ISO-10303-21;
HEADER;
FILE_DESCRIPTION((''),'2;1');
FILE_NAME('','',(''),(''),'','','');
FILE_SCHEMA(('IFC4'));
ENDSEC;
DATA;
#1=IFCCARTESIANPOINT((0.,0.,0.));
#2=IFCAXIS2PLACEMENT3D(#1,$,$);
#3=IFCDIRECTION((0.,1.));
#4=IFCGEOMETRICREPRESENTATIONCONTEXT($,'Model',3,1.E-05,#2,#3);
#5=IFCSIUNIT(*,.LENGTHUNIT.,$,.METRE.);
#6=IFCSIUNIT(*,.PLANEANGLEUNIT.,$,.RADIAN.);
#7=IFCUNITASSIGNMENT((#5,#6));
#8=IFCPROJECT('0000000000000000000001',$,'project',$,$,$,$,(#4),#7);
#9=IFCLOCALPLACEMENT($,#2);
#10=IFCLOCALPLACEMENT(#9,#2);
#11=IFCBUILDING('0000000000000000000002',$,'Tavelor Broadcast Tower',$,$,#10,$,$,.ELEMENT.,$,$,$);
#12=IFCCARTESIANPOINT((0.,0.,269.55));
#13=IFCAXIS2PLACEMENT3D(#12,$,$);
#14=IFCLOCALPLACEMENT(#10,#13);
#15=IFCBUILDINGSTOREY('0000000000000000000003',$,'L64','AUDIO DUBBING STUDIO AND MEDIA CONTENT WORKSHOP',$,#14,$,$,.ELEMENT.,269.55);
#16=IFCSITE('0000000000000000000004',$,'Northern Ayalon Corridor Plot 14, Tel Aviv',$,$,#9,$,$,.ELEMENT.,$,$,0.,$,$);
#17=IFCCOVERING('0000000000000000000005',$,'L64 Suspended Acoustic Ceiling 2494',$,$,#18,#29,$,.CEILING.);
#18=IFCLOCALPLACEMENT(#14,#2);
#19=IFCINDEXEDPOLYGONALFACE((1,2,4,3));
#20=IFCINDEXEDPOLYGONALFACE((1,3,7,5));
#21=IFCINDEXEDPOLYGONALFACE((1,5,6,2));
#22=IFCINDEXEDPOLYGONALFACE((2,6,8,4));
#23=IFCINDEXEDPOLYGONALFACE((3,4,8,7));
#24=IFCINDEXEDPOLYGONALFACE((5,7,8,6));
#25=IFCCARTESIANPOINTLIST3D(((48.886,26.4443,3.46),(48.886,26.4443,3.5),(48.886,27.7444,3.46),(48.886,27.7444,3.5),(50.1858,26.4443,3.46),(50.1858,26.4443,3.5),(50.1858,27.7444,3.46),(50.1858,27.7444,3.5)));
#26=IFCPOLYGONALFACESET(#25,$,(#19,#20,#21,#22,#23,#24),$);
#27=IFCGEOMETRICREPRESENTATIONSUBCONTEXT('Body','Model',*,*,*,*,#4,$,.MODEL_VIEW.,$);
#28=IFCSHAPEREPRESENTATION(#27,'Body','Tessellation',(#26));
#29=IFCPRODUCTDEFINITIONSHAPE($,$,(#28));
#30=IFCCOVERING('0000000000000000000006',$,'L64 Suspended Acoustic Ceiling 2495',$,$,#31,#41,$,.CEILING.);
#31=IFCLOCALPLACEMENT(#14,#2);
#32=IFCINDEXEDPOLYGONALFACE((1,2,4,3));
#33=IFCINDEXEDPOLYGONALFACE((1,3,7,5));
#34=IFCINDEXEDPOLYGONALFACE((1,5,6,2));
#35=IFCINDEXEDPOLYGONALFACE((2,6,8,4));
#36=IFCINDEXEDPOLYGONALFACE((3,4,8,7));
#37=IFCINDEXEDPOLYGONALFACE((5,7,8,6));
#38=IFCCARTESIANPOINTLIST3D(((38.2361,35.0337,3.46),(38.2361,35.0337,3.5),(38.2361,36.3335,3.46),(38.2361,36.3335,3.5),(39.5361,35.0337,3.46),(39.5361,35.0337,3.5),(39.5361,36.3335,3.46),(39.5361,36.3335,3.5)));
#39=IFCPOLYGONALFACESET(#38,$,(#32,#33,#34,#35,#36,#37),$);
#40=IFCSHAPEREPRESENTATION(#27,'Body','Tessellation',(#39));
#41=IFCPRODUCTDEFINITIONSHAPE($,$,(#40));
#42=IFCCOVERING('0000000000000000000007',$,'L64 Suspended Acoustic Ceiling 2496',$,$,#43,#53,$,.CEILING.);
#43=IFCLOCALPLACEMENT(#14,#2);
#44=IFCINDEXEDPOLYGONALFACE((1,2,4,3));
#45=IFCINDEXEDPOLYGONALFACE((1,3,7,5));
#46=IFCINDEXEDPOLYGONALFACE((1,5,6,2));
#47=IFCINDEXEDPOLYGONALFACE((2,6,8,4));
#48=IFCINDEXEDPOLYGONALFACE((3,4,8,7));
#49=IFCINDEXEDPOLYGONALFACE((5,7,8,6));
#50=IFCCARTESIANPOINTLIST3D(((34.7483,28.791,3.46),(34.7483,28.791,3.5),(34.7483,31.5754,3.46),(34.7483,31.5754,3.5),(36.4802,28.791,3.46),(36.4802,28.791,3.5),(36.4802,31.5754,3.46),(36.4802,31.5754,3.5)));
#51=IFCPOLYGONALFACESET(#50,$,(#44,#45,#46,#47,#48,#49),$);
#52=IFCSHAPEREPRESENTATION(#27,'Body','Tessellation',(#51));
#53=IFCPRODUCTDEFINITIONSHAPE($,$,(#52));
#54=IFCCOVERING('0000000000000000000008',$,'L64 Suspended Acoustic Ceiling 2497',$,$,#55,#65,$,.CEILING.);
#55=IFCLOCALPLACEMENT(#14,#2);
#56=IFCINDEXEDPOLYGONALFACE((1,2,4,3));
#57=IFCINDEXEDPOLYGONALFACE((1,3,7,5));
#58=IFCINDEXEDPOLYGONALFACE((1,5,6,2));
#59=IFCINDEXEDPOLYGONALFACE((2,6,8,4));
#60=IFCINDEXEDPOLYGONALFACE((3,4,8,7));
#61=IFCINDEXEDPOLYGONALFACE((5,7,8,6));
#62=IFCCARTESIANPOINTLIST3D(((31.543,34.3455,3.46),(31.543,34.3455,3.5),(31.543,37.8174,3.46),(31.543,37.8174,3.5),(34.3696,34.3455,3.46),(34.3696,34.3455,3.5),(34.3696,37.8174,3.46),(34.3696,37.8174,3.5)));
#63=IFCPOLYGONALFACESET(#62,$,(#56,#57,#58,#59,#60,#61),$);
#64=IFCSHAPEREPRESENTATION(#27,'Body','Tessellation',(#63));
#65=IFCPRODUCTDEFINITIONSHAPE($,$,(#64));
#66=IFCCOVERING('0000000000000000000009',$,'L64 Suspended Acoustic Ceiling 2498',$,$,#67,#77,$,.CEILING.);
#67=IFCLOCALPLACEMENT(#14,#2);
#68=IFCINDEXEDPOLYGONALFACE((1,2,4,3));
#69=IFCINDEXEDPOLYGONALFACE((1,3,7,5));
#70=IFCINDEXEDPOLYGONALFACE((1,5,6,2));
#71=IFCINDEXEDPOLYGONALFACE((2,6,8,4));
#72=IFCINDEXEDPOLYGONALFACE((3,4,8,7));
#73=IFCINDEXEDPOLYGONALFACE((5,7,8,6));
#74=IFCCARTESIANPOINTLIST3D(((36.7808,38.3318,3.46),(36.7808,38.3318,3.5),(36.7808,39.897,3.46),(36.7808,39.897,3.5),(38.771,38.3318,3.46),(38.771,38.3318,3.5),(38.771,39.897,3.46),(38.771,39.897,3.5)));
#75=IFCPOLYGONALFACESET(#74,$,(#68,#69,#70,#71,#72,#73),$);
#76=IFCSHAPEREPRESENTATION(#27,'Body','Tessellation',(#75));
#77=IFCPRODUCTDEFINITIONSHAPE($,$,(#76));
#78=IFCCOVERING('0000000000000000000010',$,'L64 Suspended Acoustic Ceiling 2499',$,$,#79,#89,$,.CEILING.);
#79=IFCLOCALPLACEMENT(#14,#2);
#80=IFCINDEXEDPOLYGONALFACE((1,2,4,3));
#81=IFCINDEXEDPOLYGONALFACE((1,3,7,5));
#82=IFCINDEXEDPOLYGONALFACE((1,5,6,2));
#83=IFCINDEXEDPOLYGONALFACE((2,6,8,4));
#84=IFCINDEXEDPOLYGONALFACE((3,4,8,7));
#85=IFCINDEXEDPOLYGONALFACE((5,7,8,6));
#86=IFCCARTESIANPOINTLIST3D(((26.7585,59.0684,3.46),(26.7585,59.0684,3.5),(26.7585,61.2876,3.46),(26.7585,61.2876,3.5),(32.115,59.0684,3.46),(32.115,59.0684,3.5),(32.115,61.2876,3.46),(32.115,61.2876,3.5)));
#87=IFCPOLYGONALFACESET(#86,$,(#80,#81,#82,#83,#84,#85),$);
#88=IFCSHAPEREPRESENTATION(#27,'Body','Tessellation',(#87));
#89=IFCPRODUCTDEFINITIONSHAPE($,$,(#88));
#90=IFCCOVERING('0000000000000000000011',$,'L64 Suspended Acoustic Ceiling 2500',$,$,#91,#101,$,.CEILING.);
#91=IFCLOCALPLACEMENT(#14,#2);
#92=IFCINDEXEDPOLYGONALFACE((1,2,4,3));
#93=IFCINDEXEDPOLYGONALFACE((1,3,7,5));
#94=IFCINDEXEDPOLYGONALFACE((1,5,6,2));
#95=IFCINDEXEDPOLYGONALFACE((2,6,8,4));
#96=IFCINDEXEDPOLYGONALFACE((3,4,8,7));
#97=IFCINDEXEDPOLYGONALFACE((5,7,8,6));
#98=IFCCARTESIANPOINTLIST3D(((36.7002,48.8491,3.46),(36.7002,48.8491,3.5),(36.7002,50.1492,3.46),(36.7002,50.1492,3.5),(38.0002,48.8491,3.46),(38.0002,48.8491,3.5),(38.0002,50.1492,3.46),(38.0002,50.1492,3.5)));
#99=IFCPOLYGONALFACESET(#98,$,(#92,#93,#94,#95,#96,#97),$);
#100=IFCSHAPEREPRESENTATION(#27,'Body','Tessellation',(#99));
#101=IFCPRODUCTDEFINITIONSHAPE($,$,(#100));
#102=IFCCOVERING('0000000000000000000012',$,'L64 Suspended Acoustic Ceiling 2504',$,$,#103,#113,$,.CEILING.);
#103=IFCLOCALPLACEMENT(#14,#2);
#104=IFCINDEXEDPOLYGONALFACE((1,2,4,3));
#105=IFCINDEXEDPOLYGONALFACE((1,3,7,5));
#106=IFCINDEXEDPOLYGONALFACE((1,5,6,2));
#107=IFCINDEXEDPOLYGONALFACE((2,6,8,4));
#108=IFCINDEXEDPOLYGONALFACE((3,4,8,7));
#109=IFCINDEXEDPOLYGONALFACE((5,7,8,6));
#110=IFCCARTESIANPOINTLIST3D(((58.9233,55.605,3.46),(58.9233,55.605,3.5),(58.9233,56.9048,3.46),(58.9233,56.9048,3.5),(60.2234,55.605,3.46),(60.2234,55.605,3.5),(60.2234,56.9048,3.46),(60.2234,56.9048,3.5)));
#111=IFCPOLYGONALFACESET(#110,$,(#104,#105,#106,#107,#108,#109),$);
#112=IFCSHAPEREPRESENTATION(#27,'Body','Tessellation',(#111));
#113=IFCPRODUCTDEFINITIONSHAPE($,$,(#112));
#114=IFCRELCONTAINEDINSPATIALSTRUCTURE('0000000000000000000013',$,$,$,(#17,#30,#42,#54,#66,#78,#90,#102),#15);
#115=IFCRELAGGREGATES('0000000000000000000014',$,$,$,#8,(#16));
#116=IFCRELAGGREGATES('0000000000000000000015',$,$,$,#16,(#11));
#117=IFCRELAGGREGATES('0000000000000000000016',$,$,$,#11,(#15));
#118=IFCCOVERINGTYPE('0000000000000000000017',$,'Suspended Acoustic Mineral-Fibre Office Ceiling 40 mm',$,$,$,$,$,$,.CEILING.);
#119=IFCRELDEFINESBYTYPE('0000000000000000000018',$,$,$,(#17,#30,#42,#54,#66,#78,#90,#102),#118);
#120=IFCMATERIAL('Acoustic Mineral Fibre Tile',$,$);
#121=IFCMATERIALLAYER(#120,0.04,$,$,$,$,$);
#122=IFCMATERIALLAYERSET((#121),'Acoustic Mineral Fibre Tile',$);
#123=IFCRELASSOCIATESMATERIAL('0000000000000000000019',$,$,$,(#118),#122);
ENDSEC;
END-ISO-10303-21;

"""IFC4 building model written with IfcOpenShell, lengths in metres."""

from ifc_helpers import new_model, si_unit, direction, frame, origin, place, context, subcontext, project, spatial, polyline, outline, extrude, material, layer, layer_set, type_object, element, save


model = new_model("IFC4")

# Units and contexts
model_context = context("Model", 3, precision=1e-05, world=origin(), true_north=direction((0.0, 1.0)))
body_context = subcontext(model_context, "Body", "Model", "MODEL_VIEW")
ifc_project = project(units=[si_unit("LENGTHUNIT", "METRE"), si_unit("PLANEANGLEUNIT", "RADIAN")], contexts=[model_context])

# Site, building, storey
site_placement = place(None, origin())
site = spatial("IfcSite", under=ifc_project, at=site_placement, Name="Northern Ayalon Corridor Plot 14, Tel Aviv", CompositionType="ELEMENT", RefElevation=0.0)
building_placement = place(site_placement, origin())
building = spatial("IfcBuilding", under=site, at=building_placement, Name="Tavelor Broadcast Tower", CompositionType="ELEMENT")
storey_placement = place(building_placement, frame((0.0, 0.0, 269.55)))
storey = spatial("IfcBuildingStorey", under=building, at=storey_placement, Name="L64", Description="AUDIO DUBBING STUDIO AND MEDIA CONTENT WORKSHOP", CompositionType="ELEMENT", Elevation=269.55)

# Coverings
ifc_material_1 = material(Name="Acoustic Mineral Fibre Tile")
ifc_layer_1 = layer(ifc_material_1, 0.04)
ifc_layer_set_1 = layer_set([ifc_layer_1], Name="Acoustic Mineral Fibre Tile")
covering_type_1 = type_object("IfcCoveringType", Name="Suspended Acoustic Mineral-Fibre Office Ceiling 40 mm", PredefinedType="CEILING", material=ifc_layer_set_1)
covering_1_placement = place(storey_placement, frame((0.0, 0.0, 3.46)))
element("IfcCovering", 1, at=covering_1_placement, inside=storey, type_object=covering_type_1, Name="L64 Suspended Acoustic Ceiling 2494", PredefinedType="CEILING", context=body_context, shape_type="SweptSolid", body=[
    extrude(outline(polyline([(48.886, 26.4443), (50.1858, 26.4443), (50.1858, 27.7444), (48.886, 27.7444), (48.886, 26.4443)])), origin(), (0.0, 0.0, 1.0), 0.04),
])
covering_2_placement = place(storey_placement, frame((0.0, 0.0, 3.46)))
element("IfcCovering", 2, at=covering_2_placement, inside=storey, type_object=covering_type_1, Name="L64 Suspended Acoustic Ceiling 2495", PredefinedType="CEILING", context=body_context, shape_type="SweptSolid", body=[
    extrude(outline(polyline([(38.2361, 35.0337), (39.5361, 35.0337), (39.5361, 36.3335), (38.2361, 36.3335), (38.2361, 35.0337)])), origin(), (0.0, 0.0, 1.0), 0.04),
])
covering_3_placement = place(storey_placement, frame((0.0, 0.0, 3.46)))
element("IfcCovering", 3, at=covering_3_placement, inside=storey, type_object=covering_type_1, Name="L64 Suspended Acoustic Ceiling 2496", PredefinedType="CEILING", context=body_context, shape_type="SweptSolid", body=[
    extrude(outline(polyline([(34.7483, 28.791), (36.4802, 28.791), (36.4802, 31.5754), (34.7483, 31.5754), (34.7483, 28.791)])), origin(), (0.0, 0.0, 1.0), 0.04),
])
covering_4_placement = place(storey_placement, frame((0.0, 0.0, 3.46)))
element("IfcCovering", 4, at=covering_4_placement, inside=storey, type_object=covering_type_1, Name="L64 Suspended Acoustic Ceiling 2497", PredefinedType="CEILING", context=body_context, shape_type="SweptSolid", body=[
    extrude(outline(polyline([(31.543, 34.3455), (34.3696, 34.3455), (34.3696, 37.8174), (31.543, 37.8174), (31.543, 34.3455)])), origin(), (0.0, 0.0, 1.0), 0.04),
])
covering_5_placement = place(storey_placement, frame((0.0, 0.0, 3.46)))
element("IfcCovering", 5, at=covering_5_placement, inside=storey, type_object=covering_type_1, Name="L64 Suspended Acoustic Ceiling 2498", PredefinedType="CEILING", context=body_context, shape_type="SweptSolid", body=[
    extrude(outline(polyline([(36.7808, 38.3318), (38.771, 38.3318), (38.771, 39.897), (36.7808, 39.897), (36.7808, 38.3318)])), origin(), (0.0, 0.0, 1.0), 0.04),
])
covering_6_placement = place(storey_placement, frame((0.0, 0.0, 3.46)))
element("IfcCovering", 6, at=covering_6_placement, inside=storey, type_object=covering_type_1, Name="L64 Suspended Acoustic Ceiling 2499", PredefinedType="CEILING", context=body_context, shape_type="SweptSolid", body=[
    extrude(outline(polyline([(26.7585, 59.0684), (32.115, 59.0684), (32.115, 61.2876), (26.7585, 61.2876), (26.7585, 59.0684)])), origin(), (0.0, 0.0, 1.0), 0.04),
])
covering_7_placement = place(storey_placement, frame((0.0, 0.0, 3.46)))
element("IfcCovering", 7, at=covering_7_placement, inside=storey, type_object=covering_type_1, Name="L64 Suspended Acoustic Ceiling 2500", PredefinedType="CEILING", context=body_context, shape_type="SweptSolid", body=[
    extrude(outline(polyline([(36.7002, 48.8491), (38.0002, 48.8491), (38.0002, 50.1492), (36.7002, 50.1492), (36.7002, 48.8491)])), origin(), (0.0, 0.0, 1.0), 0.04),
])
covering_8_placement = place(storey_placement, frame((0.0, 0.0, 3.46)))
element("IfcCovering", 8, at=covering_8_placement, inside=storey, type_object=covering_type_1, Name="L64 Suspended Acoustic Ceiling 2504", PredefinedType="CEILING", context=body_context, shape_type="SweptSolid", body=[
    extrude(outline(polyline([(58.9233, 55.605), (60.2234, 55.605), (60.2234, 56.9048), (58.9233, 56.9048), (58.9233, 55.605)])), origin(), (0.0, 0.0, 1.0), 0.04),
])

save(model, "model.ifc")
